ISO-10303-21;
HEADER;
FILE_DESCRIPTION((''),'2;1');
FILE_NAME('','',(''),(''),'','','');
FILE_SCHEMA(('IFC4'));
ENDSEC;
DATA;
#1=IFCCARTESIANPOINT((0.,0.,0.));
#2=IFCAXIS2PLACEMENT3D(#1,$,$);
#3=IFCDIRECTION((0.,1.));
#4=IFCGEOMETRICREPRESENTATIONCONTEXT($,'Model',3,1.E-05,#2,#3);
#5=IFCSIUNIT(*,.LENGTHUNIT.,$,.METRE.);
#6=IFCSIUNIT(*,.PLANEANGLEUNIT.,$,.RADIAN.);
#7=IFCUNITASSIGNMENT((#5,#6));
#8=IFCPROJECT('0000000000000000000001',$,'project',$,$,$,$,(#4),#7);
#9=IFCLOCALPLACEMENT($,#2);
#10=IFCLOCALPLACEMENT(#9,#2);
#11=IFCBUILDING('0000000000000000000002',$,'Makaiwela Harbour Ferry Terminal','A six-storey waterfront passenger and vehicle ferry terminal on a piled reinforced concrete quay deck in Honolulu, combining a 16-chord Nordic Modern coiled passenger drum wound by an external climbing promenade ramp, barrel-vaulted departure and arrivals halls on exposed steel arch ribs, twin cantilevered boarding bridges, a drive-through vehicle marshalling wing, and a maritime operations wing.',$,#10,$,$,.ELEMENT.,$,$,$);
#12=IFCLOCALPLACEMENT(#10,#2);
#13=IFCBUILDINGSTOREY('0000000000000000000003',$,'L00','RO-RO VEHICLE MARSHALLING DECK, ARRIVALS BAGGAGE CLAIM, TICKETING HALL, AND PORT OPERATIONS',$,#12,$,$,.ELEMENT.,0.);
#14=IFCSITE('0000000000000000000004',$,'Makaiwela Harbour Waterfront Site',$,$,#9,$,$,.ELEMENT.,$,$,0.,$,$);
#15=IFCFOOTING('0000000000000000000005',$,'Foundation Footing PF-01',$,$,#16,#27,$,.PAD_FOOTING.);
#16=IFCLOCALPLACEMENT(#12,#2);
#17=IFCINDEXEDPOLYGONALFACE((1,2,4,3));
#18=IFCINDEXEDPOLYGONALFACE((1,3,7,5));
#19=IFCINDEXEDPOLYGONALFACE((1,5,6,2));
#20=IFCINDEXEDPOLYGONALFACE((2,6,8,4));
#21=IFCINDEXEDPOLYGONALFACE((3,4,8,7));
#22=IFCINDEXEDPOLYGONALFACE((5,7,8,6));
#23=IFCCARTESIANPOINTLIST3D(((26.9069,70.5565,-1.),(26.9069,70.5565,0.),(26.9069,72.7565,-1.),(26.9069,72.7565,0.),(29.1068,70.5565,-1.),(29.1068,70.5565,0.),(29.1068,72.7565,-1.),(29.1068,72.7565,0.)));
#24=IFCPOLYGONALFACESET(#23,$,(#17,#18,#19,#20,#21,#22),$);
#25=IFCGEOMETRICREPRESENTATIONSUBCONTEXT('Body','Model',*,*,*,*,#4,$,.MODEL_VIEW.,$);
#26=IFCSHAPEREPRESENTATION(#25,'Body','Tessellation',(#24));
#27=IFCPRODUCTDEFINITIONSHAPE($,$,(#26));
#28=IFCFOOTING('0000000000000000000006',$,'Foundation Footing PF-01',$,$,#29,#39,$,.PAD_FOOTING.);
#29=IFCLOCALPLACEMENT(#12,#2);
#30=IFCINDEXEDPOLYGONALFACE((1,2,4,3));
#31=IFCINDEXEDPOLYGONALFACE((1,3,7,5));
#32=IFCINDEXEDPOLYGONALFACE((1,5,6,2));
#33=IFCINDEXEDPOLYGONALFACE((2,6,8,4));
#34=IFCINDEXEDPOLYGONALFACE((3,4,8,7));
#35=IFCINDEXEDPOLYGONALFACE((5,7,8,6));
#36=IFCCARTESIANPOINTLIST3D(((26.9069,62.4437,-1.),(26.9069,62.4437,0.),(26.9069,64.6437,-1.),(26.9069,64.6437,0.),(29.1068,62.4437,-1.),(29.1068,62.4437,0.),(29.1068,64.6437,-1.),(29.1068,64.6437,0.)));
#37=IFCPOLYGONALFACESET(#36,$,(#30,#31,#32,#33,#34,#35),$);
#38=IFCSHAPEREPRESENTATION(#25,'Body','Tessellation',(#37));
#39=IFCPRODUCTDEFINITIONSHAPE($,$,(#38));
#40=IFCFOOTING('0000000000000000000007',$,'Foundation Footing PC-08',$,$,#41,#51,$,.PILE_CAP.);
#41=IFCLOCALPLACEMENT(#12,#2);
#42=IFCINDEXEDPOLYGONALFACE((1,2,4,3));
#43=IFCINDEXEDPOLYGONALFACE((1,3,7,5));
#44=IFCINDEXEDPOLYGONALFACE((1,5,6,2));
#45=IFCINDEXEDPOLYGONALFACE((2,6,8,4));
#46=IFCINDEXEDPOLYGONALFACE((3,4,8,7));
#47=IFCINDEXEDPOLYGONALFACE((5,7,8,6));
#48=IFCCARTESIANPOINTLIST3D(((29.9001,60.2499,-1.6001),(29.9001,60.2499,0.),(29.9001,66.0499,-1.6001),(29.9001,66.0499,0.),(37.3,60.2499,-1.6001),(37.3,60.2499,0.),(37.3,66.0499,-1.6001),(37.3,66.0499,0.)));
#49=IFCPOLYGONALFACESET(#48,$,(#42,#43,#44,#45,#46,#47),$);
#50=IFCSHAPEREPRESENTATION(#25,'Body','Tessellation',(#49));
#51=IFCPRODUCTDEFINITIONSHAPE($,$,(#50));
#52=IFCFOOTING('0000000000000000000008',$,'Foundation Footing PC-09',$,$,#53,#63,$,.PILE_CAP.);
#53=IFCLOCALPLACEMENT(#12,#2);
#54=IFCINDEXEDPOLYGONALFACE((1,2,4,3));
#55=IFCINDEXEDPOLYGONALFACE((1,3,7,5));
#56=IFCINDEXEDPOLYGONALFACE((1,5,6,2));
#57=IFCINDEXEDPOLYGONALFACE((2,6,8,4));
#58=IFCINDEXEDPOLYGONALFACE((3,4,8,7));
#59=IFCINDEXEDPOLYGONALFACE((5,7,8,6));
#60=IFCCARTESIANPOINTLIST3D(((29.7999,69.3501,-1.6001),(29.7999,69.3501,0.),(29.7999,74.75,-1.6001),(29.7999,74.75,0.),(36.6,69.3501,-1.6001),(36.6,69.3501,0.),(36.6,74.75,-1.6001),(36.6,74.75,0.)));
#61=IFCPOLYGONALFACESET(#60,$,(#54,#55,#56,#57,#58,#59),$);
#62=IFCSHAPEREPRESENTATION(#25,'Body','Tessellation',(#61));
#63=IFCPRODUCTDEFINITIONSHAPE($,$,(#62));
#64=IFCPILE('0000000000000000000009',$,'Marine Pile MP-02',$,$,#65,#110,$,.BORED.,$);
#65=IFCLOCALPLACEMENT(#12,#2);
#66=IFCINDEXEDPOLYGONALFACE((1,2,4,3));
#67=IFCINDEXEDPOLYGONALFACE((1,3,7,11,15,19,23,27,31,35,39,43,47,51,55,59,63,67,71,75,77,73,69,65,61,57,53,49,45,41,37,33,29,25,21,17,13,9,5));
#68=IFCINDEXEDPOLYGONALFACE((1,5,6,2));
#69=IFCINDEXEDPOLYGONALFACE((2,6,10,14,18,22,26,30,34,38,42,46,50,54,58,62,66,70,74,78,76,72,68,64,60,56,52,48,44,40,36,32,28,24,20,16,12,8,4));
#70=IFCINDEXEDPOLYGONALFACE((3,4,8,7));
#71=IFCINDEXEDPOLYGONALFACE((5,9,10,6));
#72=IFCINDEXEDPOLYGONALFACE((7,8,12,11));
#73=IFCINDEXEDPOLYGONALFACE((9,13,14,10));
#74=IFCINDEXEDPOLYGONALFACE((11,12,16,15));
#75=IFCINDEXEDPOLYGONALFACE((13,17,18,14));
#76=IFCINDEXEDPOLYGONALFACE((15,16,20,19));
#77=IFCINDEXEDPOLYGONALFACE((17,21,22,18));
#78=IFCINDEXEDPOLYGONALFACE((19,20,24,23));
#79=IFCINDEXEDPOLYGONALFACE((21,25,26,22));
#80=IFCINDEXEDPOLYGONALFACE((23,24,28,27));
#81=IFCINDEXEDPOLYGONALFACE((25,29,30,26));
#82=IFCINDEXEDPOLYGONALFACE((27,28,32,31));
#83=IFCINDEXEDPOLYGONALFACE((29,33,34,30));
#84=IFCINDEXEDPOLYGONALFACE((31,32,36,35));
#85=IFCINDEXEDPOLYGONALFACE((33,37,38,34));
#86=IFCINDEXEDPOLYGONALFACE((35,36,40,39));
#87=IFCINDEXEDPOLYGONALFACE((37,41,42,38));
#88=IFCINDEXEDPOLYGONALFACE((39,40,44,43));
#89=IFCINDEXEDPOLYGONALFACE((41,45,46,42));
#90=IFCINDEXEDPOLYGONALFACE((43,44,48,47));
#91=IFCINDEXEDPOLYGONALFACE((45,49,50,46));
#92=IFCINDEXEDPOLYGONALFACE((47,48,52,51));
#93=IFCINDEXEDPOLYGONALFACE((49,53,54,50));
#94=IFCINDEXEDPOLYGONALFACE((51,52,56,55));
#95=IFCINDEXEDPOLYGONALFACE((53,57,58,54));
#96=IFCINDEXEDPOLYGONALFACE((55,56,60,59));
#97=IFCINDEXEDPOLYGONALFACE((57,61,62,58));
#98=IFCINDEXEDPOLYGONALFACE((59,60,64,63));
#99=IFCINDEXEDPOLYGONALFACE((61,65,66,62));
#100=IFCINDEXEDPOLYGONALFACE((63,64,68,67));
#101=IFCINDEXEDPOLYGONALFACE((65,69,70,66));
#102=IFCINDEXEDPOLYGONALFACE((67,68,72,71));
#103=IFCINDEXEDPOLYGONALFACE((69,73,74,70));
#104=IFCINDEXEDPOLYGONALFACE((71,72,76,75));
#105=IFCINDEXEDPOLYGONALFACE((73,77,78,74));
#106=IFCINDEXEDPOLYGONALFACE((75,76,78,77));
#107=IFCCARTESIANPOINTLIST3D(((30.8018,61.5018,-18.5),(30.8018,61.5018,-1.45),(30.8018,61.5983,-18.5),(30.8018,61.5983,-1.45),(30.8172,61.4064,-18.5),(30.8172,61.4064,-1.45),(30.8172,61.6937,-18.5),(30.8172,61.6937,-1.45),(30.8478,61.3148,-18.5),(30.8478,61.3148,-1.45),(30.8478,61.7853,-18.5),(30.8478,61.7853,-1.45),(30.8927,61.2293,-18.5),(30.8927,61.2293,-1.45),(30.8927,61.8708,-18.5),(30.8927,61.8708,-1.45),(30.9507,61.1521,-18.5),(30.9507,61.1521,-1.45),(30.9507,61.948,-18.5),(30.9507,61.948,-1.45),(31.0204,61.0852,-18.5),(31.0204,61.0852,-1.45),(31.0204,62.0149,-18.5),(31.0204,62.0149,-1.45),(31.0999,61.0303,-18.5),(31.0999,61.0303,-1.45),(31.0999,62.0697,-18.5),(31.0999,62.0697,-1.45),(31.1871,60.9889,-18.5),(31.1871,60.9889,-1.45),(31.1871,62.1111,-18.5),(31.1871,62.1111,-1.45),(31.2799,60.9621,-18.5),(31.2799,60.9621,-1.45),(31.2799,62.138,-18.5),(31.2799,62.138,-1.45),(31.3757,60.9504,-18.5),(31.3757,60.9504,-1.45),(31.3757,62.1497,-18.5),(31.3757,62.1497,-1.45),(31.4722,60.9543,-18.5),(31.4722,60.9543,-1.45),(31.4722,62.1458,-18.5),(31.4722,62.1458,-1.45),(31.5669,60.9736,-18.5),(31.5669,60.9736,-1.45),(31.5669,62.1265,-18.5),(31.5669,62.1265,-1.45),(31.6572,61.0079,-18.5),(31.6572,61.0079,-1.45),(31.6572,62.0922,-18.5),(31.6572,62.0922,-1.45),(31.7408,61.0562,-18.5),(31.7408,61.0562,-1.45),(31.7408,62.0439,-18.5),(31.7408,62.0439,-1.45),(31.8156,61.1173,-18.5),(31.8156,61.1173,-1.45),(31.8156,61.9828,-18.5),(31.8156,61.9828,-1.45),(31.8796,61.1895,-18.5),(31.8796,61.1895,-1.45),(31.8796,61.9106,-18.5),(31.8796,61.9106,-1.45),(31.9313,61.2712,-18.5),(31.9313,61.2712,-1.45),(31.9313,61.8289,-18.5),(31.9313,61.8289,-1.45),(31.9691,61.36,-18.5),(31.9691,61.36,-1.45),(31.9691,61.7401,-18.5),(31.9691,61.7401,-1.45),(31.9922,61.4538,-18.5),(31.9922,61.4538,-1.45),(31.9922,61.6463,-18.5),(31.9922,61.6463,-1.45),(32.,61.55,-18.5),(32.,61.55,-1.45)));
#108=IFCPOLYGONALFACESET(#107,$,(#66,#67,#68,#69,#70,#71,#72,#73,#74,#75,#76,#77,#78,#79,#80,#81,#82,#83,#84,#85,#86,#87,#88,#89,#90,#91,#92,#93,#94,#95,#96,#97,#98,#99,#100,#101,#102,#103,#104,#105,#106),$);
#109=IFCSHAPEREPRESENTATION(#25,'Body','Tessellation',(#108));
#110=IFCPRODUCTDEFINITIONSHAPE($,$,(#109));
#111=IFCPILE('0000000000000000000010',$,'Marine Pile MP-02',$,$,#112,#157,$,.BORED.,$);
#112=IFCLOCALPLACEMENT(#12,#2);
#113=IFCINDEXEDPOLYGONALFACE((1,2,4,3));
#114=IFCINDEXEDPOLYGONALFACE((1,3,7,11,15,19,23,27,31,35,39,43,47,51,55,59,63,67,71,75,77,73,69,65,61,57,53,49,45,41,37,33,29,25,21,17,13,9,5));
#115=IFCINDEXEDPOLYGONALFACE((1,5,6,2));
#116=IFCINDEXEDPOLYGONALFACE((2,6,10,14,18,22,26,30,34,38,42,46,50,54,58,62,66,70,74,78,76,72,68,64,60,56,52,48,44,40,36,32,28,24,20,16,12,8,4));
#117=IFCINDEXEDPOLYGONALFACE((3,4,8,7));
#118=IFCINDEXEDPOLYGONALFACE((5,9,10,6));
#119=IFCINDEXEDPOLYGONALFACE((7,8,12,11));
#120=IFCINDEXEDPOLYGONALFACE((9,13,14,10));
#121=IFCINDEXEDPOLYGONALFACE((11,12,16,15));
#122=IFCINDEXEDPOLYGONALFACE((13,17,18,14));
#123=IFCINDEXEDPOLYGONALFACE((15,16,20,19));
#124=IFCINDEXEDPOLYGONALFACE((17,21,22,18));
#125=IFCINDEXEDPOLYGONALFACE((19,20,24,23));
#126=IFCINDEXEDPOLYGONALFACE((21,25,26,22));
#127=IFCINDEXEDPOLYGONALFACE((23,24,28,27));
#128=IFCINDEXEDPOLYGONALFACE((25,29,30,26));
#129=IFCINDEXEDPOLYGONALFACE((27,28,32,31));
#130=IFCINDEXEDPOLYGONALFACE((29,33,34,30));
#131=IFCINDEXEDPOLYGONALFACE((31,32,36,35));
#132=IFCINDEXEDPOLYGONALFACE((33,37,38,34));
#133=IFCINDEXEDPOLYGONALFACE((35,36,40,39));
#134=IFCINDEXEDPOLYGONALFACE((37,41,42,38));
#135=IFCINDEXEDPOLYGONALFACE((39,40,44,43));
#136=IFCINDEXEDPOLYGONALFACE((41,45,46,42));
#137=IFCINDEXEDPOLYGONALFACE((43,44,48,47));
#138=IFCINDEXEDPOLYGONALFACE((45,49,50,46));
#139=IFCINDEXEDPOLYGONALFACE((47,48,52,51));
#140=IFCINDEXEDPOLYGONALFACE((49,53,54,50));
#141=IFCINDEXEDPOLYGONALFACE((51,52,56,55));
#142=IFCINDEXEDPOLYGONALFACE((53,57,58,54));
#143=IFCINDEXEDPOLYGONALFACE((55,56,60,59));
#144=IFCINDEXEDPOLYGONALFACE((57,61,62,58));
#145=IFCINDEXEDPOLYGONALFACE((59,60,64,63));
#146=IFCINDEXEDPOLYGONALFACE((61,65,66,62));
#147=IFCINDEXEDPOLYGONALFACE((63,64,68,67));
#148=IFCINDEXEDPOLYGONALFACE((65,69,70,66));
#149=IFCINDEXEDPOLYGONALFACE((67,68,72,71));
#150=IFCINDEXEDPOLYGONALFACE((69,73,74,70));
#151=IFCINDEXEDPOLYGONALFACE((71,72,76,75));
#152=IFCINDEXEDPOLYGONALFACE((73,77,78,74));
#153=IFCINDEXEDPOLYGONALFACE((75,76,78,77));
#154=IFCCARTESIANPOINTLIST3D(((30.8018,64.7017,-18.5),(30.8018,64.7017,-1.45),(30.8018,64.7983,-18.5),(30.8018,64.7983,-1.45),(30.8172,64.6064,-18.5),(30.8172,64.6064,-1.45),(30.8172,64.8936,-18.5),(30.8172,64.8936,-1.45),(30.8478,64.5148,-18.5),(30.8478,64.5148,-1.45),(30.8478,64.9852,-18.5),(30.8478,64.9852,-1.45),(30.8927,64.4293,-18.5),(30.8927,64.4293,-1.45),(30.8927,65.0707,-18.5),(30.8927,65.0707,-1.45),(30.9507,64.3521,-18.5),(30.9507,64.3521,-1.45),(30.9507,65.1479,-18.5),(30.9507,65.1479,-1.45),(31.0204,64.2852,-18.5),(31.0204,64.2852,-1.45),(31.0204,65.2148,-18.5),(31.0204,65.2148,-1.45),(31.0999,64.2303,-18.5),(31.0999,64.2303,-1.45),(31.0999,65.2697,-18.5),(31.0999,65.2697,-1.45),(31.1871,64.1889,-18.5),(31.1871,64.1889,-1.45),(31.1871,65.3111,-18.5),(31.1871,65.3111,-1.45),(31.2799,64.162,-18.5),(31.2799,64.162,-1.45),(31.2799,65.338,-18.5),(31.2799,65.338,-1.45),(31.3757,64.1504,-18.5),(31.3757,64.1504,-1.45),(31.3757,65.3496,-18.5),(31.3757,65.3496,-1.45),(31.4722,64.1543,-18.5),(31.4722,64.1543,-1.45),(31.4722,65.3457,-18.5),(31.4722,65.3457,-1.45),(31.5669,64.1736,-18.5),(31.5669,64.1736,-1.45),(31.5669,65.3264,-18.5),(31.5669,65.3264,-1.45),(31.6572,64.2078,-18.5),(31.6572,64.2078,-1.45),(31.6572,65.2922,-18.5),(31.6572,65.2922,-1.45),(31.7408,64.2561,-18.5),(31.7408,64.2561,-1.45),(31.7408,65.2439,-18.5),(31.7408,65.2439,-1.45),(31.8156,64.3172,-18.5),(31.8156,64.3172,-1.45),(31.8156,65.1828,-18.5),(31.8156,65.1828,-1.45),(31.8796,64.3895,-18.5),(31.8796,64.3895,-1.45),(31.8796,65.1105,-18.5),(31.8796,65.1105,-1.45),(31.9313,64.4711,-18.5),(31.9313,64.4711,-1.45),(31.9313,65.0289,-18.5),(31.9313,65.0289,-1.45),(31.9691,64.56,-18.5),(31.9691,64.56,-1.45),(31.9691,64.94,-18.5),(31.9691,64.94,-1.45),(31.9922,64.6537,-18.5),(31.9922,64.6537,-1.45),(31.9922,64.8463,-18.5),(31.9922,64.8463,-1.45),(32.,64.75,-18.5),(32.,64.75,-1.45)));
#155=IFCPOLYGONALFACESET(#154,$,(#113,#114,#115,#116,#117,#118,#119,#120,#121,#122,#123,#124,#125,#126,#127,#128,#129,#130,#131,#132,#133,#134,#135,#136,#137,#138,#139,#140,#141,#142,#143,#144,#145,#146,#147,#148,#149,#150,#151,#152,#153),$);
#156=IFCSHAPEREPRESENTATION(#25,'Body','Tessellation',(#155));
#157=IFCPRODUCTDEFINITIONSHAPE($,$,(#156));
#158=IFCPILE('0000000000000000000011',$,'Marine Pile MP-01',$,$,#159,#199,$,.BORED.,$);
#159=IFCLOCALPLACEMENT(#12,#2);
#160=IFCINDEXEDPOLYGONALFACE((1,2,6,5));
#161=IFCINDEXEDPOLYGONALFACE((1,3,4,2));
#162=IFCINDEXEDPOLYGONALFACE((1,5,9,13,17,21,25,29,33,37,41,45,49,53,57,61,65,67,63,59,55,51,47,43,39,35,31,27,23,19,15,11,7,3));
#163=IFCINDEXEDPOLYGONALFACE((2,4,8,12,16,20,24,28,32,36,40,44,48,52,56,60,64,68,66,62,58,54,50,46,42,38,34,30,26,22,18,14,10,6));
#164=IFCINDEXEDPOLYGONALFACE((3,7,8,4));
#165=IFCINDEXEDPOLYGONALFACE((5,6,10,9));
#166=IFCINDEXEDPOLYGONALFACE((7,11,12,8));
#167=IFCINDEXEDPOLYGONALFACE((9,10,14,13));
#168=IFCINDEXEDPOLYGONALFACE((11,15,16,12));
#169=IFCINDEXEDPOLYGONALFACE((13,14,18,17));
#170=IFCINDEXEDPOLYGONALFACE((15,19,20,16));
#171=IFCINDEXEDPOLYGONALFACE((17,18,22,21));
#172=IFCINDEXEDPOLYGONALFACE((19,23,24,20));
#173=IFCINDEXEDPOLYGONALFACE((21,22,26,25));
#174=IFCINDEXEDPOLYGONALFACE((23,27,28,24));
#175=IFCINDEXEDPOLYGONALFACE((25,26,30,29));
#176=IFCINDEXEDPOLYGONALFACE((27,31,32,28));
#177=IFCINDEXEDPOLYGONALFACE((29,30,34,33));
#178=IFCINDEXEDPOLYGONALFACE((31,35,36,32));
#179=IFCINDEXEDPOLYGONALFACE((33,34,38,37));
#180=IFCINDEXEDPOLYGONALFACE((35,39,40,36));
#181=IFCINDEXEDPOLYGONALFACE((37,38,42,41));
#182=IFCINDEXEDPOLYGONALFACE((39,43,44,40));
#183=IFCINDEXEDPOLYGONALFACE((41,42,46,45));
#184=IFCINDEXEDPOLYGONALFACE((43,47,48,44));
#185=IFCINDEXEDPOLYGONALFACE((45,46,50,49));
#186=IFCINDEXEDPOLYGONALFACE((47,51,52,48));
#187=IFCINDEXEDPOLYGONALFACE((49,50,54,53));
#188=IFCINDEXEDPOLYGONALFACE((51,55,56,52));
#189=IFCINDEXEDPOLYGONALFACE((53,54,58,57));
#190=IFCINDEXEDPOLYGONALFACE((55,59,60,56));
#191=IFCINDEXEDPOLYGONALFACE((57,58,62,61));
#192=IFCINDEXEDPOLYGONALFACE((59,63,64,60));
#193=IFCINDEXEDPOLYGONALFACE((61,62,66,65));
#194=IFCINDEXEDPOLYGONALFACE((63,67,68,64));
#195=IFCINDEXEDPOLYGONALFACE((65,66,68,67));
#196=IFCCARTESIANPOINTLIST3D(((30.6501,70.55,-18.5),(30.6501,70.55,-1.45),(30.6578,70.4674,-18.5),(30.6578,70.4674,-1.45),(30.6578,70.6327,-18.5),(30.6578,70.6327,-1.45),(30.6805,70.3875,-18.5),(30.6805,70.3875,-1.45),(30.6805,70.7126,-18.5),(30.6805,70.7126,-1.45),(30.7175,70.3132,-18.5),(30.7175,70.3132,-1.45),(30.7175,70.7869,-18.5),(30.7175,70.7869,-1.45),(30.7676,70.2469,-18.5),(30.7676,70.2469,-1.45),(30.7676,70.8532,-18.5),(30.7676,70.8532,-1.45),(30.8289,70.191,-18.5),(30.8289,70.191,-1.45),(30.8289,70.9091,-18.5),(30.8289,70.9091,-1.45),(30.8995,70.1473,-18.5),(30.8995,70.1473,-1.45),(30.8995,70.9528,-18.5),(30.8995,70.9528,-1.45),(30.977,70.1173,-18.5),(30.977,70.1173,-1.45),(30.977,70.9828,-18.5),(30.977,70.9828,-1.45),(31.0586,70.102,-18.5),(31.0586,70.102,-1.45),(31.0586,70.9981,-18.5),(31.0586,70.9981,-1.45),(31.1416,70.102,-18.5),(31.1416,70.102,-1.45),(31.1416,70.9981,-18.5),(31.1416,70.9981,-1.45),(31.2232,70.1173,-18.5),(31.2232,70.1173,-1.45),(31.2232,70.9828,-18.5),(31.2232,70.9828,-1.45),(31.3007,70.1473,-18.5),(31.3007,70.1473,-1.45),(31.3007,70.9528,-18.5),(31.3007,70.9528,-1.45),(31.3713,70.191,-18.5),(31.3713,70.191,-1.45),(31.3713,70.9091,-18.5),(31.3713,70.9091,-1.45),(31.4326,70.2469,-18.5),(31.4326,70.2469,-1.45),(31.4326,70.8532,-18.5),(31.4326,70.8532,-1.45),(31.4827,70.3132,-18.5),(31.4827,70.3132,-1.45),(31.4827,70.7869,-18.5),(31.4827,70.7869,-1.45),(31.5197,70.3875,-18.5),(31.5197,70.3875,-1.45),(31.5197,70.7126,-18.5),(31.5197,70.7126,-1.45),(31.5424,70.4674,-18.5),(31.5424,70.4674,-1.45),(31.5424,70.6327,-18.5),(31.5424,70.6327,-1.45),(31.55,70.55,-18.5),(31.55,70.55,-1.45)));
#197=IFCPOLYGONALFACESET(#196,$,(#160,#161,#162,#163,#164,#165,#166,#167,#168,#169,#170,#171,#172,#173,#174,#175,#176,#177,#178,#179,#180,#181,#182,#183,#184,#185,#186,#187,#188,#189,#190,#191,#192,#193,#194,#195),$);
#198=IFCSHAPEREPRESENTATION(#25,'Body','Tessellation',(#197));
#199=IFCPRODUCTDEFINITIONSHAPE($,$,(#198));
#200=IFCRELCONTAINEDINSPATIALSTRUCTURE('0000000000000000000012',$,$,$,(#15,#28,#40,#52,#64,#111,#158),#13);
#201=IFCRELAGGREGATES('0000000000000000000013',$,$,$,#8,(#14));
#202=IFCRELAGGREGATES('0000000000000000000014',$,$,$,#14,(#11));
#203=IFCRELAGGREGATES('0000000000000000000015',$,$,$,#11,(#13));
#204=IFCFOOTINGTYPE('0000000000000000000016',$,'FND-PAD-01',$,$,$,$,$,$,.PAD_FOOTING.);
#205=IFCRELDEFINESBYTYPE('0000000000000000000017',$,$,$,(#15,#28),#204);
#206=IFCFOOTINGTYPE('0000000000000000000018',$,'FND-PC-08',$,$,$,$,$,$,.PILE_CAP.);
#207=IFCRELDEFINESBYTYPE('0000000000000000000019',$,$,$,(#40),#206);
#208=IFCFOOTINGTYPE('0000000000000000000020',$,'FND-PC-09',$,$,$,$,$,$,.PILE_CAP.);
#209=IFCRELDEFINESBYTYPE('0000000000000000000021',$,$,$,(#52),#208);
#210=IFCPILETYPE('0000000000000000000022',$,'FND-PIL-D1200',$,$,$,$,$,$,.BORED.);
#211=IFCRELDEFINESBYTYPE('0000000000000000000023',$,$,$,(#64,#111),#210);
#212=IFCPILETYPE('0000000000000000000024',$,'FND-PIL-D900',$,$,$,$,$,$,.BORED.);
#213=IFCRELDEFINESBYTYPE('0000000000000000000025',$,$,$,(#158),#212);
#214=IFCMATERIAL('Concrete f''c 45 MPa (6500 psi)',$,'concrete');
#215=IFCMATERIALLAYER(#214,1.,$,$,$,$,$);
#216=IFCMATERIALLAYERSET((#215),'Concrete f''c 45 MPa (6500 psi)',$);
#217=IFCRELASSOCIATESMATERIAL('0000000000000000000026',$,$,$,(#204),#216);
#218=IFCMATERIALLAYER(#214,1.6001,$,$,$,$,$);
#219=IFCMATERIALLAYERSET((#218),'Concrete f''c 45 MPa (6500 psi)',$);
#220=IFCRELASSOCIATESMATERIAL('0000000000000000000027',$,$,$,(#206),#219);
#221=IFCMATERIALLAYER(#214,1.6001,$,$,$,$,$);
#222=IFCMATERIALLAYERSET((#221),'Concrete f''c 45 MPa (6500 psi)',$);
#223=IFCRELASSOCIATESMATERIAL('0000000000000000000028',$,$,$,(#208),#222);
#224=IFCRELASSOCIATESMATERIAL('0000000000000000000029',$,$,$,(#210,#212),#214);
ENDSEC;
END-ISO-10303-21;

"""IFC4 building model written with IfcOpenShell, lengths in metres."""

from ifc_helpers import new_model, si_unit, direction, frame, origin, origin_2d, place, context, subcontext, project, spatial, rectangle, circle, extrude, material, layer, layer_set, material_profile, profile_set, type_object, element, save


model = new_model("IFC4")

# Units and contexts
model_context = context("Model", 3, precision=1e-05, world=origin(), true_north=direction((0.0, 1.0)))
body_context = subcontext(model_context, "Body", "Model", "MODEL_VIEW")
ifc_project = project(units=[si_unit("LENGTHUNIT", "METRE"), si_unit("PLANEANGLEUNIT", "RADIAN")], contexts=[model_context])

# Site, building, storey
site_placement = place(None, origin())
site = spatial("IfcSite", under=ifc_project, at=site_placement, Name="Makaiwela Harbour Waterfront Site", CompositionType="ELEMENT", RefElevation=0.0)
building_placement = place(site_placement, origin())
building = spatial("IfcBuilding", under=site, at=building_placement, Name="Makaiwela Harbour Ferry Terminal", Description="A six-storey waterfront passenger and vehicle ferry terminal on a piled reinforced concrete quay deck in Honolulu, combining a 16-chord Nordic Modern coiled passenger drum wound by an external climbing promenade ramp, barrel-vaulted departure and arrivals halls on exposed steel arch ribs, twin cantilevered boarding bridges, a drive-through vehicle marshalling wing, and a maritime operations wing.", CompositionType="ELEMENT")
storey_placement = place(building_placement, origin())
storey = spatial("IfcBuildingStorey", under=building, at=storey_placement, Name="L00", Description="RO-RO VEHICLE MARSHALLING DECK, ARRIVALS BAGGAGE CLAIM, TICKETING HALL, AND PORT OPERATIONS", CompositionType="ELEMENT", Elevation=0.0)

# Footings
ifc_material_1 = material(Name="Concrete f'c 45 MPa (6500 psi)", Category="concrete")
ifc_layer_1 = layer(ifc_material_1, 1.0)
ifc_layer_set_1 = layer_set([ifc_layer_1], Name="Concrete f'c 45 MPa (6500 psi)")
footing_type_1 = type_object("IfcFootingType", Name="FND-PAD-01", PredefinedType="PAD_FOOTING", material=ifc_layer_set_1)
for number, where, z_axis, x_axis, name in (
    (1, (28.0068, 71.6565, -1.0), (0.0, 0.0, 1.0), (1.0, 0.0, 0.0), "Foundation Footing PF-01"),
    (2, (28.0068, 63.5437, -1.0), (0.0, 0.0, 1.0), (1.0, 0.0, 0.0), "Foundation Footing PF-01"),
):
    element("IfcFooting", number, at=place(storey_placement, frame(where, z_axis=z_axis, x_axis=x_axis)), inside=storey, type_object=footing_type_1, Name=name, PredefinedType="PAD_FOOTING", context=body_context, shape_type="SweptSolid", body=[
        extrude(rectangle(XDim=2.2, YDim=2.2, at=origin_2d()), origin(), (0.0, 0.0, 1.0), 1.0),
    ])
ifc_layer_2 = layer(ifc_material_1, 1.6001)
ifc_layer_set_2 = layer_set([ifc_layer_2], Name="Concrete f'c 45 MPa (6500 psi)")
footing_type_2 = type_object("IfcFootingType", Name="FND-PC-08", PredefinedType="PILE_CAP", material=ifc_layer_set_2)
footing_1_placement = place(storey_placement, frame((33.6001, 63.1499, -1.6001), z_axis=(0.0, 0.0, 1.0), x_axis=(1.0, 0.0, 0.0)))
element("IfcFooting", 3, at=footing_1_placement, inside=storey, type_object=footing_type_2, Name="Foundation Footing PC-08", PredefinedType="PILE_CAP", context=body_context, shape_type="SweptSolid", body=[
    extrude(rectangle(XDim=7.3999, YDim=5.8, at=origin_2d()), origin(), (0.0, 0.0, 1.0), 1.6001),
])
ifc_layer_3 = layer(ifc_material_1, 1.6001)
ifc_layer_set_3 = layer_set([ifc_layer_3], Name="Concrete f'c 45 MPa (6500 psi)")
footing_type_3 = type_object("IfcFootingType", Name="FND-PC-09", PredefinedType="PILE_CAP", material=ifc_layer_set_3)
footing_2_placement = place(storey_placement, frame((33.2, 72.05, -1.6001), z_axis=(0.0, 0.0, 1.0), x_axis=(1.0, 0.0, 0.0)))
element("IfcFooting", 4, at=footing_2_placement, inside=storey, type_object=footing_type_3, Name="Foundation Footing PC-09", PredefinedType="PILE_CAP", context=body_context, shape_type="SweptSolid", body=[
    extrude(rectangle(XDim=6.8, YDim=5.3999, at=origin_2d()), origin(), (0.0, 0.0, 1.0), 1.6001),
])

# Piles
ifc_material_profile_1 = material_profile(ifc_material_1, circle(Radius=0.6001, at=origin_2d()), Name="PILE-D1200")
ifc_profile_set_1 = profile_set([ifc_material_profile_1], Name="Concrete f'c 45 MPa (6500 psi)")
pile_type_1 = type_object("IfcPileType", Name="FND-PIL-D1200", PredefinedType="BORED", material=ifc_profile_set_1)
for number, where, z_axis, x_axis, name in (
    (5, (31.3999, 61.55, -1.45), (0.0, 0.0, -1.0), (1.0, 0.0, 0.0), "Marine Pile MP-02"),
    (6, (31.3999, 64.75, -1.45), (0.0, 0.0, -1.0), (1.0, 0.0, 0.0), "Marine Pile MP-02"),
):
    element("IfcPile", number, at=place(storey_placement, frame(where, z_axis=z_axis, x_axis=x_axis)), inside=storey, type_object=pile_type_1, Name=name, PredefinedType="BORED", context=body_context, shape_type="SweptSolid", body=[
        extrude(circle(Radius=0.6001, at=origin_2d()), origin(), (0.0, 0.0, 1.0), 17.05),
    ])
ifc_material_profile_2 = material_profile(ifc_material_1, circle(Radius=0.45, at=origin_2d()), Name="PILE-D900")
ifc_profile_set_2 = profile_set([ifc_material_profile_2], Name="Concrete f'c 45 MPa (6500 psi)")
pile_type_2 = type_object("IfcPileType", Name="FND-PIL-D900", PredefinedType="BORED", material=ifc_profile_set_2)
for number, where, z_axis, x_axis, name in (
    (7, (31.1001, 70.55, -1.45), (0.0, 0.0, -1.0), (1.0, 0.0, 0.0), "Marine Pile MP-01"),
):
    element("IfcPile", number, at=place(storey_placement, frame(where, z_axis=z_axis, x_axis=x_axis)), inside=storey, type_object=pile_type_2, Name=name, PredefinedType="BORED", context=body_context, shape_type="SweptSolid", body=[
        extrude(circle(Radius=0.45, at=origin_2d()), origin(), (0.0, 0.0, 1.0), 17.05),
    ])

save(model, "model.ifc")
